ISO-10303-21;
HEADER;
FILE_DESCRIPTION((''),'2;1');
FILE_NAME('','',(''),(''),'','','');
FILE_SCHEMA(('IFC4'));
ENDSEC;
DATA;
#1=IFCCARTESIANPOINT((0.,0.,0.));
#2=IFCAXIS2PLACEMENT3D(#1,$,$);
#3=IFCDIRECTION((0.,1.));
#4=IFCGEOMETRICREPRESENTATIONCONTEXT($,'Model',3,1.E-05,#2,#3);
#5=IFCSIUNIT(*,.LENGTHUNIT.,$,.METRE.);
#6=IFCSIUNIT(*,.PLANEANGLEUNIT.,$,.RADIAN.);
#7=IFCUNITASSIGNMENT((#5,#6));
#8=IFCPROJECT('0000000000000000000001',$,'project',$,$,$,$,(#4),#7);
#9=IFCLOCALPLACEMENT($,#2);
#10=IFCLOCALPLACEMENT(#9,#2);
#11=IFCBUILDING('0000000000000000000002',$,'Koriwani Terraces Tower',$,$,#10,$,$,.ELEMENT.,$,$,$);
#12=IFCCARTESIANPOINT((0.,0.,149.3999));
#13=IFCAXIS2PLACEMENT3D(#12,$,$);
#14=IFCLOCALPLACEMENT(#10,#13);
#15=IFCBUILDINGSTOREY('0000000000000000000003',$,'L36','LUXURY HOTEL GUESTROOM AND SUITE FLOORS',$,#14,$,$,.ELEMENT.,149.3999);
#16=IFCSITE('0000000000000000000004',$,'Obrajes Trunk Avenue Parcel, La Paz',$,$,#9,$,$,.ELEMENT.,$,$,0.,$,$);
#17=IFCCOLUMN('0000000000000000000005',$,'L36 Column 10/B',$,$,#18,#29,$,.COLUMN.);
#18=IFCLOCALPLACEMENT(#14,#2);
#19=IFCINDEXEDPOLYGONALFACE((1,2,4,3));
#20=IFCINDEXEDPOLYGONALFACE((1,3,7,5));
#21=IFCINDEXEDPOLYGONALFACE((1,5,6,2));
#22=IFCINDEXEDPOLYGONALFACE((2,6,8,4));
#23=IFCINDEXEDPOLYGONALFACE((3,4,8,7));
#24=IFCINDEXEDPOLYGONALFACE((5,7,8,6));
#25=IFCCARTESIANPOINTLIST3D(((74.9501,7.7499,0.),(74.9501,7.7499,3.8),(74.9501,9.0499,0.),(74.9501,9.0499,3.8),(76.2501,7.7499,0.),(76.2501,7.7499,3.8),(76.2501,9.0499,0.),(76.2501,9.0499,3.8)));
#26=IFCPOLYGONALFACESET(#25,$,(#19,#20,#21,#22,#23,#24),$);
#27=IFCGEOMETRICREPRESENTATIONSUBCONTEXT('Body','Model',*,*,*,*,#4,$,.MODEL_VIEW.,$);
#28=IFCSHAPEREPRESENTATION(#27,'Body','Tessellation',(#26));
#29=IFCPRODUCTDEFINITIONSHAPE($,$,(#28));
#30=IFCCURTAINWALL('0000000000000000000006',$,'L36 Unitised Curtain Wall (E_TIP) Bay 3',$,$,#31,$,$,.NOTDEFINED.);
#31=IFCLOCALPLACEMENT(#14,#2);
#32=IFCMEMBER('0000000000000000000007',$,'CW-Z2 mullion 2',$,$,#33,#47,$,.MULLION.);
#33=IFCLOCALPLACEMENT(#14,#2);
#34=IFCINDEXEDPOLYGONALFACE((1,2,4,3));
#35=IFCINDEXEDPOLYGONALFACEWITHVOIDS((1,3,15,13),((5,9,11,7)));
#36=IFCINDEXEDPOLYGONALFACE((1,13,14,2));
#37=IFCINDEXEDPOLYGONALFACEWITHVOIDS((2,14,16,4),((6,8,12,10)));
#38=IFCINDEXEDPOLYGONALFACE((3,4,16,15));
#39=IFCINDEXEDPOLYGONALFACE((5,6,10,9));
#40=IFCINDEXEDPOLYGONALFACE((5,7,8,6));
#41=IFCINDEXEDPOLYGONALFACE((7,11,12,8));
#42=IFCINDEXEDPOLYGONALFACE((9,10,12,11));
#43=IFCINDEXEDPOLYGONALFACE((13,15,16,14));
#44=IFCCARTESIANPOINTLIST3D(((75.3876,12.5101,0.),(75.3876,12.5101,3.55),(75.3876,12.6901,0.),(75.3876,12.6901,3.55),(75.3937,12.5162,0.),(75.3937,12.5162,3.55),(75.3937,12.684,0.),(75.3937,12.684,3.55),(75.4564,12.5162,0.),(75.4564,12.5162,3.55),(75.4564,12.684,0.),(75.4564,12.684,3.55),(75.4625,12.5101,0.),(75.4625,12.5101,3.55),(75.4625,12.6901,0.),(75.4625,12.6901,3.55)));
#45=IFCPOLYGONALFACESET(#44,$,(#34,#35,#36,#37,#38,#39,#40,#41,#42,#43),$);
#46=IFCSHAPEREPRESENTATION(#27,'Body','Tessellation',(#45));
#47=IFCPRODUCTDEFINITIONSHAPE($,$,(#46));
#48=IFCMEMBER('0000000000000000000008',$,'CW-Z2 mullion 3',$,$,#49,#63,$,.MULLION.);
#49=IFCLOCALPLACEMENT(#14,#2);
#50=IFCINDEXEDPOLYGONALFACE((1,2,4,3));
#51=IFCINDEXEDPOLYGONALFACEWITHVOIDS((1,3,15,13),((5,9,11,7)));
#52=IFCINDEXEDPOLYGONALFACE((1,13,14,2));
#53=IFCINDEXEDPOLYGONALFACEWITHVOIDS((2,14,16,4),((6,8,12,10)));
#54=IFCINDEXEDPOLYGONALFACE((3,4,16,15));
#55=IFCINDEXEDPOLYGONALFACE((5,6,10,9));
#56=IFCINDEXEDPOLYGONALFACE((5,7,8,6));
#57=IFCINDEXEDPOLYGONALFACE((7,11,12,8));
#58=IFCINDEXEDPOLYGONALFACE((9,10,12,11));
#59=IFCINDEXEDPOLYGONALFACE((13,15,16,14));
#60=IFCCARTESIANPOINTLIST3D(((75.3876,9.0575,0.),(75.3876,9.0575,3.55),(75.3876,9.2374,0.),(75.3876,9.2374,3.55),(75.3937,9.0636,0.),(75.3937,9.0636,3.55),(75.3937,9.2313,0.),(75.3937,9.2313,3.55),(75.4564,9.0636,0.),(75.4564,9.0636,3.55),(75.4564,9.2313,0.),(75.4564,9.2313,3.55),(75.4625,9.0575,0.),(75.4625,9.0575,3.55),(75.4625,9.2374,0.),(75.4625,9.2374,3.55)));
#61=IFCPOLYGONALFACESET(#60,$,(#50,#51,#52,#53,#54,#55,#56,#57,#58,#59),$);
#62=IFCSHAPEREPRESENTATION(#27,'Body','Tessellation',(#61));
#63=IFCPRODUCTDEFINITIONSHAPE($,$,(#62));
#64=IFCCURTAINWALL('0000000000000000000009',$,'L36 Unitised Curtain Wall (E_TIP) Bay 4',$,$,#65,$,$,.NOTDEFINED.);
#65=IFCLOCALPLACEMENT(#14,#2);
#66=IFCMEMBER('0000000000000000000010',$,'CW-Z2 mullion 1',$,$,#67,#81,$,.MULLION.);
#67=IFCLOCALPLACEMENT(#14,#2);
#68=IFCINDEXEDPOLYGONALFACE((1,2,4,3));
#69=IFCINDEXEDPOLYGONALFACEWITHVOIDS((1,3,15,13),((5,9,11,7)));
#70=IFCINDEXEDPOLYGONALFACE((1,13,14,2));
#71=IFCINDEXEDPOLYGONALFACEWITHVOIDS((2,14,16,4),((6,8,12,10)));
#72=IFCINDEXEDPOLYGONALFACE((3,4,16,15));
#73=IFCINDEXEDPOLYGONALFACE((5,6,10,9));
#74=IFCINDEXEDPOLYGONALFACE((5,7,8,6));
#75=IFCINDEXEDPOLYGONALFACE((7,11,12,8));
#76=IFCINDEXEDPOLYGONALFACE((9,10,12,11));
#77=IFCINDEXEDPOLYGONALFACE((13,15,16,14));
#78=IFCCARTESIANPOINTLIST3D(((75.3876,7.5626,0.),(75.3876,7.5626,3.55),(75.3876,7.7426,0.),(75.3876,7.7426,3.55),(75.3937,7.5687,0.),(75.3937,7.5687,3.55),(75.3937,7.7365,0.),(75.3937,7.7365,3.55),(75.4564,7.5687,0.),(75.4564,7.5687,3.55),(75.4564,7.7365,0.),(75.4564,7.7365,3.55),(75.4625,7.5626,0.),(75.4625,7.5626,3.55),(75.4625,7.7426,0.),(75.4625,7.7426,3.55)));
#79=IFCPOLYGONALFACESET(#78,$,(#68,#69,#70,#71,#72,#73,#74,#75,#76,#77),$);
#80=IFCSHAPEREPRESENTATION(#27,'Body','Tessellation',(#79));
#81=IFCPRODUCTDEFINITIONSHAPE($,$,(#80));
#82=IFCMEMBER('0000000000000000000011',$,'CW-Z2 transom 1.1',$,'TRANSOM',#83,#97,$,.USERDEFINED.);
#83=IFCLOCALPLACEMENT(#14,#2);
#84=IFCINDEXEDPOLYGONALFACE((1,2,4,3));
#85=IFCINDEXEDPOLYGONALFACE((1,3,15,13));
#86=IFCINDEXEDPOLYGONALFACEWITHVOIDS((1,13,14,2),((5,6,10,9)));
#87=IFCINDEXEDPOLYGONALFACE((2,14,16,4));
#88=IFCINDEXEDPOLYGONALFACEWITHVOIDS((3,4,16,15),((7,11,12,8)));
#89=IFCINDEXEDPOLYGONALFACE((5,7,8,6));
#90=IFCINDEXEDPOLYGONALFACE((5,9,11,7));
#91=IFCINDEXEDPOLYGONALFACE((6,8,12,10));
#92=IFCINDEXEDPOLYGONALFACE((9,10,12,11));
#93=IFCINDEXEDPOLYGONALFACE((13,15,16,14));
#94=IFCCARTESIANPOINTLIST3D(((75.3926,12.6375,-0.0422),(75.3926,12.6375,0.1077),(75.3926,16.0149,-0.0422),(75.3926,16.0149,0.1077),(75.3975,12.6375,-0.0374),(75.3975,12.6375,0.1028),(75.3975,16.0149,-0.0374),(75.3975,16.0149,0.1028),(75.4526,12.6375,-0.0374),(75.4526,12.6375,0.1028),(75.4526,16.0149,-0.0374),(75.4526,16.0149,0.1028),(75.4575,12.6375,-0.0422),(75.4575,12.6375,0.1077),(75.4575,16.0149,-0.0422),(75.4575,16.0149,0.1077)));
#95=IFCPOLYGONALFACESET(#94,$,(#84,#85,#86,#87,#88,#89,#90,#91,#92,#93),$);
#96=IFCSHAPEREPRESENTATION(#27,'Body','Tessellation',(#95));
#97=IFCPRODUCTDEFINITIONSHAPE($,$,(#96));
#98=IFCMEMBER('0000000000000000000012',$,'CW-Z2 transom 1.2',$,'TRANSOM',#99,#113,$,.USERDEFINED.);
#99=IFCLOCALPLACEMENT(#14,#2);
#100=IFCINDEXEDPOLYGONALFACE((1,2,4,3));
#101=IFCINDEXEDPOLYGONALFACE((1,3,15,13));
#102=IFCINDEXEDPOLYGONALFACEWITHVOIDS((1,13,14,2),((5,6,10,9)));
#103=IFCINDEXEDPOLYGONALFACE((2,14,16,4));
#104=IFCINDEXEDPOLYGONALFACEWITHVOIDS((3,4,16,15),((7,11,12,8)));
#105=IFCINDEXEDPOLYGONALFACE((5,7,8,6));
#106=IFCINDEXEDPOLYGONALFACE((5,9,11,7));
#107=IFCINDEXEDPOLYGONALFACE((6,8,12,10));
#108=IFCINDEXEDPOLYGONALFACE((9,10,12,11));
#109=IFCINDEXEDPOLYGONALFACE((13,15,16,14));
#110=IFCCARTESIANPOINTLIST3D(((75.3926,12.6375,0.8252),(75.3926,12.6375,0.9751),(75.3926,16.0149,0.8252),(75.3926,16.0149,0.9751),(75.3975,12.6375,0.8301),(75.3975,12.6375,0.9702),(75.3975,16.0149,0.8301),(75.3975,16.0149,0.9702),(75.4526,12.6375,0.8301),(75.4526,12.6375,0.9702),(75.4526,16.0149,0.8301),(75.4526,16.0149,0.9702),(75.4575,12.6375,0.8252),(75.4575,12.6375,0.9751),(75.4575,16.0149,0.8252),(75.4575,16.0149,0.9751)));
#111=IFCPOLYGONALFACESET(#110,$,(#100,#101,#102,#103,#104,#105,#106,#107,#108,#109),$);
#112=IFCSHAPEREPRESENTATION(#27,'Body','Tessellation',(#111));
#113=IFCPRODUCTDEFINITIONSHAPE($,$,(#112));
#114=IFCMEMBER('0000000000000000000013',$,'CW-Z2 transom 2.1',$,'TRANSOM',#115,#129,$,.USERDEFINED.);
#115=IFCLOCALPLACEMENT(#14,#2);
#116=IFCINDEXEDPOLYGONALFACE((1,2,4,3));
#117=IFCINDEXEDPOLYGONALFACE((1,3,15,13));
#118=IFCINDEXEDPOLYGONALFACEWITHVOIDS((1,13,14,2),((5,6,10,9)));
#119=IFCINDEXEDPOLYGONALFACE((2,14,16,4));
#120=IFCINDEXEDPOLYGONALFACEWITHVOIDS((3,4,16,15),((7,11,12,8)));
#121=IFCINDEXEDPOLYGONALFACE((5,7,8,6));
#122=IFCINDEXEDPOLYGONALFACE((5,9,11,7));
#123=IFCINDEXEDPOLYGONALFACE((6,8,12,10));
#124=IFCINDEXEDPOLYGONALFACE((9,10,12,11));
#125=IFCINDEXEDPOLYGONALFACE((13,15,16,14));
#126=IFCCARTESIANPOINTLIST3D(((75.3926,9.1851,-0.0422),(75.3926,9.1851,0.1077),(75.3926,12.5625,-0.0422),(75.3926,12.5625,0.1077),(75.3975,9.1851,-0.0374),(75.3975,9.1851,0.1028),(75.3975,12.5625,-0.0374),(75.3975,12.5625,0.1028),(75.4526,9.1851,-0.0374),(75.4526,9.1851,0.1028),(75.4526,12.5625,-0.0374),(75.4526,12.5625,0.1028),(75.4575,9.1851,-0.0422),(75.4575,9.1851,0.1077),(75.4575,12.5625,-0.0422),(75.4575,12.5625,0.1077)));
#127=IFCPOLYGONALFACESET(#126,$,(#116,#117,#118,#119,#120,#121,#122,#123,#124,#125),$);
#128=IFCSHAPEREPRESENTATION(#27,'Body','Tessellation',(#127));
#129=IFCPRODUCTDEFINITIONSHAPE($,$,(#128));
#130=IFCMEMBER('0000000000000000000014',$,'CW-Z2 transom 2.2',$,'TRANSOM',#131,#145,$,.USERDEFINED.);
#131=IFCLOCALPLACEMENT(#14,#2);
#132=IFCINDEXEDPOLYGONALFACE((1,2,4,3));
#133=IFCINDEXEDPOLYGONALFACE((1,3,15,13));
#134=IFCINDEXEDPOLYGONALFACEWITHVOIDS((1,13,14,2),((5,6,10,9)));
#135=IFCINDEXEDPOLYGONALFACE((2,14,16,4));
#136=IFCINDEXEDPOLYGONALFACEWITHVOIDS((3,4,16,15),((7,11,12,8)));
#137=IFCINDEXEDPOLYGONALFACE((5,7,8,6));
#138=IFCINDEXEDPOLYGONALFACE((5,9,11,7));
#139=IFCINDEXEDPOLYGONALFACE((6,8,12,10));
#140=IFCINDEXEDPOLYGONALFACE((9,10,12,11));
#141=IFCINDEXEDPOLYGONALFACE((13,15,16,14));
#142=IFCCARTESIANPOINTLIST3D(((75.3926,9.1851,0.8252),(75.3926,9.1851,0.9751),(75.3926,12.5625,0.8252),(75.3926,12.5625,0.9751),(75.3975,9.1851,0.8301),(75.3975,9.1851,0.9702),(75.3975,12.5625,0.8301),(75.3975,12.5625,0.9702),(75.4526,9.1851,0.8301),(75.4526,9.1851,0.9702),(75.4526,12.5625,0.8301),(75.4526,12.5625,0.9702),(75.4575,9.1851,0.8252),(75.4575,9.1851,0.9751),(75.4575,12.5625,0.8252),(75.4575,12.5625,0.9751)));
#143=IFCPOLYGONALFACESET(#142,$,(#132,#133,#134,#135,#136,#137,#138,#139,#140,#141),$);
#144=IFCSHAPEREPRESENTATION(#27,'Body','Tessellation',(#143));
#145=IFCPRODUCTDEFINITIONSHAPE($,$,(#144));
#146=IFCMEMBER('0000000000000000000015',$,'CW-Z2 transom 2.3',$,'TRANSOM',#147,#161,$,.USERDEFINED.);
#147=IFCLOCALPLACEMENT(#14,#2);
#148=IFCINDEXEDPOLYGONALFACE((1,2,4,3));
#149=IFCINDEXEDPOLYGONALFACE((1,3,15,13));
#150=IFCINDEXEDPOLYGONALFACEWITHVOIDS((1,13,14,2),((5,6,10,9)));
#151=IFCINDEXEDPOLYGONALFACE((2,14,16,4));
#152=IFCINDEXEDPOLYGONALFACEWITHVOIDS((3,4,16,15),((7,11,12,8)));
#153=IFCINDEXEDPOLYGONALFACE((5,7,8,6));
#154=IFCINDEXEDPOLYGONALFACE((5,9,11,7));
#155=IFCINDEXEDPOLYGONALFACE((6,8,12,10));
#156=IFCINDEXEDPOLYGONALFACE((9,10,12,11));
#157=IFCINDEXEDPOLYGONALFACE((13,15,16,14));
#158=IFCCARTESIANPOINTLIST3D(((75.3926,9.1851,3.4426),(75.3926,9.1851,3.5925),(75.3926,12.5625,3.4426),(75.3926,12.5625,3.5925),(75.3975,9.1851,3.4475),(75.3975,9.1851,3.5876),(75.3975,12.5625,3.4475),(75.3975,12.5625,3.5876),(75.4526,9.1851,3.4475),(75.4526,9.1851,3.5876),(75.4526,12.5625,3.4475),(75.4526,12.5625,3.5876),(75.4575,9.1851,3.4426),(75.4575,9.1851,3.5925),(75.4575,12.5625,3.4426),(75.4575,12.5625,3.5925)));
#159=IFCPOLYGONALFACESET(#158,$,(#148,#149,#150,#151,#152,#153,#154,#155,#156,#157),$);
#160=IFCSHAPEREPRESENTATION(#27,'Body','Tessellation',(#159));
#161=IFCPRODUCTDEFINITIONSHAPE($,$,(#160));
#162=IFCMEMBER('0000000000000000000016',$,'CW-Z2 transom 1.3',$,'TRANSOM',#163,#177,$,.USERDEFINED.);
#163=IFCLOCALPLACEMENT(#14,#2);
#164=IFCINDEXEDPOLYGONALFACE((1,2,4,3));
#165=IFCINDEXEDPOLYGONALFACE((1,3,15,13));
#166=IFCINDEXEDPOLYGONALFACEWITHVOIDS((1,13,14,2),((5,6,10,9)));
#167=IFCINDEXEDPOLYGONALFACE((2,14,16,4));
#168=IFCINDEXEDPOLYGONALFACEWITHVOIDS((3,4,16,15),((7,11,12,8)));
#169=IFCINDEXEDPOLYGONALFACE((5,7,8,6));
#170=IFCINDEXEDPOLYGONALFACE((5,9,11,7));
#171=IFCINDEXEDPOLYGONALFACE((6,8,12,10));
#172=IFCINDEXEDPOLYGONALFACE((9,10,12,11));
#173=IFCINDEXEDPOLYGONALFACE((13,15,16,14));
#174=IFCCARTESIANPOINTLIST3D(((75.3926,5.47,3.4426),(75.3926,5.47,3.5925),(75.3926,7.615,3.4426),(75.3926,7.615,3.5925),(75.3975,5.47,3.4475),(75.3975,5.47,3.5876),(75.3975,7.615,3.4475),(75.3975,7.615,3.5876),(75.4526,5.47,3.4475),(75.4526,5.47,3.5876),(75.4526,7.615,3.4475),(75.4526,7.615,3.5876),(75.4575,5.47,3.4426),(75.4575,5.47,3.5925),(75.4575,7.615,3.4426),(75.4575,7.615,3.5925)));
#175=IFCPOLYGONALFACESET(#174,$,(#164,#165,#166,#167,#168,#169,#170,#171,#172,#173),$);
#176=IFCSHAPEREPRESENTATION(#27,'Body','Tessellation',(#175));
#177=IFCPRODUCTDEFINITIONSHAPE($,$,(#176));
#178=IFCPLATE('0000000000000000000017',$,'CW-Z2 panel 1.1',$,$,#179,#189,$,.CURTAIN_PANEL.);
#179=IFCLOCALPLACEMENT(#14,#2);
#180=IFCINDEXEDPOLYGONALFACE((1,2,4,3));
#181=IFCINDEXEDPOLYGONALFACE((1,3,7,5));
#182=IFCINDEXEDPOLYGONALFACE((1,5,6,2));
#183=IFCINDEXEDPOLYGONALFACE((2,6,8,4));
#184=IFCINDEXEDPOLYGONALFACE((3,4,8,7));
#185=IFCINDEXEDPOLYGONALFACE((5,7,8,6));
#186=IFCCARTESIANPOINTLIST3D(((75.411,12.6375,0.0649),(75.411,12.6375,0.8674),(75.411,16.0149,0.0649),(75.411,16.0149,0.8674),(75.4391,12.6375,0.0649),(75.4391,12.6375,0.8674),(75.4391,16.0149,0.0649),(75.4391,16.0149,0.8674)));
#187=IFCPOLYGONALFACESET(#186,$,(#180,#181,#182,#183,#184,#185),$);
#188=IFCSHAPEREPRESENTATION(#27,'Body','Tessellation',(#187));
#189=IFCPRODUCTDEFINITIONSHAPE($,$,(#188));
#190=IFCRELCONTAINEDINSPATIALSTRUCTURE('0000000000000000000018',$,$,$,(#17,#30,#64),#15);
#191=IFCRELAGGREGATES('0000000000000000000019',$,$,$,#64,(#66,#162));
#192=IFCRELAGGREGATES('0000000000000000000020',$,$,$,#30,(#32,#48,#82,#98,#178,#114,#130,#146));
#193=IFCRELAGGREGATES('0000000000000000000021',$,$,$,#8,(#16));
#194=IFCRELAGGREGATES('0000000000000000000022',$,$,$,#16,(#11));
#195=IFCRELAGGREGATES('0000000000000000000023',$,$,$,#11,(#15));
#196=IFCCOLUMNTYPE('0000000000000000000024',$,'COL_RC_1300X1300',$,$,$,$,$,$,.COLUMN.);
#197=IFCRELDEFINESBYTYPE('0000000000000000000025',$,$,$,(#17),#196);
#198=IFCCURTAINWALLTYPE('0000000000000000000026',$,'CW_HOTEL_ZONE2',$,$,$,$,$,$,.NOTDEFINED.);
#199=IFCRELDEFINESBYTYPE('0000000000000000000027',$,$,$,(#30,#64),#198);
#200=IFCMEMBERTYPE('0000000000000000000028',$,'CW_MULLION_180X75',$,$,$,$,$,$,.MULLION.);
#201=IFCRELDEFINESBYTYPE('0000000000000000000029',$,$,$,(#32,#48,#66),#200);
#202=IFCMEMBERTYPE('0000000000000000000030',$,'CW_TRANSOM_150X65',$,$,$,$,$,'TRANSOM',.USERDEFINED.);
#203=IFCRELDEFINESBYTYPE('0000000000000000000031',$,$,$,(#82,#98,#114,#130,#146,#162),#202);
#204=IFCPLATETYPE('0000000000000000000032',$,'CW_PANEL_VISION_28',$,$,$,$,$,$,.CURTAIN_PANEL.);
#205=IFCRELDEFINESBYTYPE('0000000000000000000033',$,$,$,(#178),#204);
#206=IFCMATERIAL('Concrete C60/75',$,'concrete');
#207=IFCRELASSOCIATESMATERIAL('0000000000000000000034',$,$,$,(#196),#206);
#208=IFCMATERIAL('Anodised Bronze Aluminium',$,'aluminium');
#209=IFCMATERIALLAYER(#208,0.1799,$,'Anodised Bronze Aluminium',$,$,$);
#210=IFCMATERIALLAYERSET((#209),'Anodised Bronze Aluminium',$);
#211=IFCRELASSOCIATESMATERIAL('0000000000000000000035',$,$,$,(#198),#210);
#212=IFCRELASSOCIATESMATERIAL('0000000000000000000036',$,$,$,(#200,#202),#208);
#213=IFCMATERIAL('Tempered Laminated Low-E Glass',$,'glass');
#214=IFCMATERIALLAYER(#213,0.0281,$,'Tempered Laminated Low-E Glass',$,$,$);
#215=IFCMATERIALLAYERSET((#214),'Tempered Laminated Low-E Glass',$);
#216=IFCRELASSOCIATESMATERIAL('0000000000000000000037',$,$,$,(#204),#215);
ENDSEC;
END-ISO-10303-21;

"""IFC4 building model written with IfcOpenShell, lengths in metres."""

from ifc_helpers import new_model, si_unit, direction, frame, origin, origin_2d, place, context, subcontext, project, spatial, rectangle, hollow_rectangle, extrude, material, layer, layer_set, material_profile, profile_set, type_object, element, aggregate, save


model = new_model("IFC4")

# Units and contexts
model_context = context("Model", 3, precision=1e-05, world=origin(), true_north=direction((0.0, 1.0)))
body_context = subcontext(model_context, "Body", "Model", "MODEL_VIEW")
ifc_project = project(units=[si_unit("LENGTHUNIT", "METRE"), si_unit("PLANEANGLEUNIT", "RADIAN")], contexts=[model_context])

# Site, building, storey
site_placement = place(None, origin())
site = spatial("IfcSite", under=ifc_project, at=site_placement, Name="Obrajes Trunk Avenue Parcel, La Paz", CompositionType="ELEMENT", RefElevation=0.0)
building_placement = place(site_placement, origin())
building = spatial("IfcBuilding", under=site, at=building_placement, Name="Koriwani Terraces Tower", CompositionType="ELEMENT")
storey_placement = place(building_placement, frame((0.0, 0.0, 149.3999)))
storey = spatial("IfcBuildingStorey", under=building, at=storey_placement, Name="L36", Description="LUXURY HOTEL GUESTROOM AND SUITE FLOORS", CompositionType="ELEMENT", Elevation=149.3999)

# Column
ifc_material_1 = material(Name="Concrete C60/75", Category="concrete")
ifc_material_profile_1 = material_profile(ifc_material_1, rectangle(XDim=1.3, YDim=1.3, at=origin_2d()), Name="Concrete C60/75", Category="LoadBearing")
ifc_profile_set_1 = profile_set([ifc_material_profile_1], Name="Concrete C60/75")
column_type = type_object("IfcColumnType", Name="COL_RC_1300X1300", PredefinedType="COLUMN", material=ifc_profile_set_1)
column_placement = place(storey_placement, frame((75.6001, 8.3999, 0.0), z_axis=(0.0, 0.0, 1.0), x_axis=(1.0, 0.0, 0.0)))
element("IfcColumn", 1, at=column_placement, inside=storey, type_object=column_type, Name="L36 Column 10/B", PredefinedType="COLUMN", context=body_context, shape_type="SweptSolid", body=[
    extrude(rectangle(XDim=1.3, YDim=1.3, at=origin_2d()), origin(), (0.0, 0.0, 1.0), 3.8),
])

# Curtain wall, members
ifc_material_2 = material(Name="Anodised Bronze Aluminium", Category="aluminium")
ifc_layer_1 = layer(ifc_material_2, 0.1799, Name="Anodised Bronze Aluminium")
ifc_layer_set_1 = layer_set([ifc_layer_1], Name="Anodised Bronze Aluminium")
curtain_wall_type = type_object("IfcCurtainWallType", Name="CW_HOTEL_ZONE2", PredefinedType="NOTDEFINED", material=ifc_layer_set_1)
curtain_wall_1_placement = place(storey_placement, origin())
curtain_wall_1 = element("IfcCurtainWall", 2, at=curtain_wall_1_placement, inside=storey, type_object=curtain_wall_type, Name="L36 Unitised Curtain Wall (E_TIP) Bay 3", PredefinedType="NOTDEFINED")
ifc_material_profile_2 = material_profile(ifc_material_2, hollow_rectangle(XDim=0.075, YDim=0.1799, WallThickness=0.0061, at=origin_2d()), Name="Anodised Bronze Aluminium", Category="LoadBearing")
ifc_profile_set_2 = profile_set([ifc_material_profile_2], Name="Anodised Bronze Aluminium")
member_type_1 = type_object("IfcMemberType", Name="CW_MULLION_180X75", PredefinedType="MULLION", material=ifc_profile_set_2)
member_1_placement = place(storey_placement, frame((75.425, 12.6001, 0.0), z_axis=(0.0, 0.0, 1.0), x_axis=(1.0, 0.0, 0.0)))
member_1 = element("IfcMember", 3, at=member_1_placement, type_object=member_type_1, Name="CW-Z2 mullion 2", PredefinedType="MULLION", context=body_context, shape_type="SweptSolid", body=[
    extrude(hollow_rectangle(XDim=0.075, YDim=0.1799, WallThickness=0.0061, at=origin_2d()), origin(), (0.0, 0.0, 1.0), 3.55),
])
member_2_placement = place(storey_placement, frame((75.425, 9.1475, 0.0), z_axis=(0.0, 0.0, 1.0), x_axis=(1.0, 0.0, 0.0)))
member_2 = element("IfcMember", 4, at=member_2_placement, type_object=member_type_1, Name="CW-Z2 mullion 3", PredefinedType="MULLION", context=body_context, shape_type="SweptSolid", body=[
    extrude(hollow_rectangle(XDim=0.075, YDim=0.1799, WallThickness=0.0061, at=origin_2d()), origin(), (0.0, 0.0, 1.0), 3.55),
])

# Curtain wall, member
curtain_wall_2_placement = place(storey_placement, origin())
curtain_wall_2 = element("IfcCurtainWall", 5, at=curtain_wall_2_placement, inside=storey, type_object=curtain_wall_type, Name="L36 Unitised Curtain Wall (E_TIP) Bay 4", PredefinedType="NOTDEFINED")
member_3_placement = place(storey_placement, frame((75.425, 7.6526, 0.0), z_axis=(0.0, 0.0, 1.0), x_axis=(1.0, 0.0, 0.0)))
member_3 = element("IfcMember", 6, at=member_3_placement, type_object=member_type_1, Name="CW-Z2 mullion 1", PredefinedType="MULLION", context=body_context, shape_type="SweptSolid", body=[
    extrude(hollow_rectangle(XDim=0.075, YDim=0.1799, WallThickness=0.0061, at=origin_2d()), origin(), (0.0, 0.0, 1.0), 3.55),
])

# Members
ifc_material_profile_3 = material_profile(ifc_material_2, hollow_rectangle(XDim=0.0649, YDim=0.1499, WallThickness=0.0049, at=origin_2d()), Name="Anodised Bronze Aluminium", Category="LoadBearing")
ifc_profile_set_3 = profile_set([ifc_material_profile_3], Name="Anodised Bronze Aluminium")
member_type_2 = type_object("IfcMemberType", Name="CW_TRANSOM_150X65", ElementType="TRANSOM", PredefinedType="USERDEFINED", material=ifc_profile_set_3)
member_4_placement = place(storey_placement, frame((75.425, 16.0149, 0.0327), z_axis=(0.0, -1.0, 0.0), x_axis=(1.0, 0.0, 0.0)))
member_4 = element("IfcMember", 7, at=member_4_placement, type_object=member_type_2, Name="CW-Z2 transom 1.1", ObjectType="TRANSOM", PredefinedType="USERDEFINED", context=body_context, shape_type="SweptSolid", body=[
    extrude(hollow_rectangle(XDim=0.0649, YDim=0.1499, WallThickness=0.0049, at=origin_2d()), origin(), (0.0, 0.0, 1.0), 3.3774),
])
member_5_placement = place(storey_placement, frame((75.425, 16.0149, 0.9001), z_axis=(0.0, -1.0, 0.0), x_axis=(1.0, 0.0, 0.0)))
member_5 = element("IfcMember", 8, at=member_5_placement, type_object=member_type_2, Name="CW-Z2 transom 1.2", ObjectType="TRANSOM", PredefinedType="USERDEFINED", context=body_context, shape_type="SweptSolid", body=[
    extrude(hollow_rectangle(XDim=0.0649, YDim=0.1499, WallThickness=0.0049, at=origin_2d()), origin(), (0.0, 0.0, 1.0), 3.3774),
])
member_6_placement = place(storey_placement, frame((75.425, 12.5625, 0.0327), z_axis=(0.0, -1.0, 0.0), x_axis=(1.0, 0.0, 0.0)))
member_6 = element("IfcMember", 9, at=member_6_placement, type_object=member_type_2, Name="CW-Z2 transom 2.1", ObjectType="TRANSOM", PredefinedType="USERDEFINED", context=body_context, shape_type="SweptSolid", body=[
    extrude(hollow_rectangle(XDim=0.0649, YDim=0.1499, WallThickness=0.0049, at=origin_2d()), origin(), (0.0, 0.0, 1.0), 3.3774),
])
member_7_placement = place(storey_placement, frame((75.425, 12.5625, 0.9001), z_axis=(0.0, -1.0, 0.0), x_axis=(1.0, 0.0, 0.0)))
member_7 = element("IfcMember", 10, at=member_7_placement, type_object=member_type_2, Name="CW-Z2 transom 2.2", ObjectType="TRANSOM", PredefinedType="USERDEFINED", context=body_context, shape_type="SweptSolid", body=[
    extrude(hollow_rectangle(XDim=0.0649, YDim=0.1499, WallThickness=0.0049, at=origin_2d()), origin(), (0.0, 0.0, 1.0), 3.3774),
])
member_8_placement = place(storey_placement, frame((75.425, 12.5625, 3.5176), z_axis=(0.0, -1.0, 0.0), x_axis=(1.0, 0.0, 0.0)))
member_8 = element("IfcMember", 11, at=member_8_placement, type_object=member_type_2, Name="CW-Z2 transom 2.3", ObjectType="TRANSOM", PredefinedType="USERDEFINED", context=body_context, shape_type="SweptSolid", body=[
    extrude(hollow_rectangle(XDim=0.0649, YDim=0.1499, WallThickness=0.0049, at=origin_2d()), origin(), (0.0, 0.0, 1.0), 3.3774),
])
member_9_placement = place(storey_placement, frame((75.425, 7.615, 3.5176), z_axis=(0.0, -1.0, 0.0), x_axis=(1.0, 0.0, 0.0)))
member_9 = element("IfcMember", 12, at=member_9_placement, type_object=member_type_2, Name="CW-Z2 transom 1.3", ObjectType="TRANSOM", PredefinedType="USERDEFINED", context=body_context, shape_type="SweptSolid", body=[
    extrude(hollow_rectangle(XDim=0.0649, YDim=0.1499, WallThickness=0.0049, at=origin_2d()), origin(), (0.0, 0.0, 1.0), 2.145),
])
aggregate(curtain_wall_2, [member_3, member_9])

# Plate
ifc_material_3 = material(Name="Tempered Laminated Low-E Glass", Category="glass")
ifc_layer_2 = layer(ifc_material_3, 0.0281, Name="Tempered Laminated Low-E Glass")
ifc_layer_set_2 = layer_set([ifc_layer_2], Name="Tempered Laminated Low-E Glass")
plate_type = type_object("IfcPlateType", Name="CW_PANEL_VISION_28", PredefinedType="CURTAIN_PANEL", material=ifc_layer_set_2)
plate_1_placement = place(storey_placement, frame((75.425, 14.3262, 0.0649), z_axis=(0.0, 0.0, 1.0), x_axis=(0.0, -1.0, 0.0)))
plate_1 = element("IfcPlate", 13, at=plate_1_placement, type_object=plate_type, Name="CW-Z2 panel 1.1", PredefinedType="CURTAIN_PANEL", context=body_context, shape_type="SweptSolid", body=[
    extrude(rectangle(XDim=3.3774, YDim=0.0281, at=origin_2d()), origin(), (0.0, 0.0, 1.0), 0.8025),
])
aggregate(curtain_wall_1, [member_1, member_2, member_4, member_5, plate_1, member_6, member_7, member_8])

save(model, "model.ifc")
